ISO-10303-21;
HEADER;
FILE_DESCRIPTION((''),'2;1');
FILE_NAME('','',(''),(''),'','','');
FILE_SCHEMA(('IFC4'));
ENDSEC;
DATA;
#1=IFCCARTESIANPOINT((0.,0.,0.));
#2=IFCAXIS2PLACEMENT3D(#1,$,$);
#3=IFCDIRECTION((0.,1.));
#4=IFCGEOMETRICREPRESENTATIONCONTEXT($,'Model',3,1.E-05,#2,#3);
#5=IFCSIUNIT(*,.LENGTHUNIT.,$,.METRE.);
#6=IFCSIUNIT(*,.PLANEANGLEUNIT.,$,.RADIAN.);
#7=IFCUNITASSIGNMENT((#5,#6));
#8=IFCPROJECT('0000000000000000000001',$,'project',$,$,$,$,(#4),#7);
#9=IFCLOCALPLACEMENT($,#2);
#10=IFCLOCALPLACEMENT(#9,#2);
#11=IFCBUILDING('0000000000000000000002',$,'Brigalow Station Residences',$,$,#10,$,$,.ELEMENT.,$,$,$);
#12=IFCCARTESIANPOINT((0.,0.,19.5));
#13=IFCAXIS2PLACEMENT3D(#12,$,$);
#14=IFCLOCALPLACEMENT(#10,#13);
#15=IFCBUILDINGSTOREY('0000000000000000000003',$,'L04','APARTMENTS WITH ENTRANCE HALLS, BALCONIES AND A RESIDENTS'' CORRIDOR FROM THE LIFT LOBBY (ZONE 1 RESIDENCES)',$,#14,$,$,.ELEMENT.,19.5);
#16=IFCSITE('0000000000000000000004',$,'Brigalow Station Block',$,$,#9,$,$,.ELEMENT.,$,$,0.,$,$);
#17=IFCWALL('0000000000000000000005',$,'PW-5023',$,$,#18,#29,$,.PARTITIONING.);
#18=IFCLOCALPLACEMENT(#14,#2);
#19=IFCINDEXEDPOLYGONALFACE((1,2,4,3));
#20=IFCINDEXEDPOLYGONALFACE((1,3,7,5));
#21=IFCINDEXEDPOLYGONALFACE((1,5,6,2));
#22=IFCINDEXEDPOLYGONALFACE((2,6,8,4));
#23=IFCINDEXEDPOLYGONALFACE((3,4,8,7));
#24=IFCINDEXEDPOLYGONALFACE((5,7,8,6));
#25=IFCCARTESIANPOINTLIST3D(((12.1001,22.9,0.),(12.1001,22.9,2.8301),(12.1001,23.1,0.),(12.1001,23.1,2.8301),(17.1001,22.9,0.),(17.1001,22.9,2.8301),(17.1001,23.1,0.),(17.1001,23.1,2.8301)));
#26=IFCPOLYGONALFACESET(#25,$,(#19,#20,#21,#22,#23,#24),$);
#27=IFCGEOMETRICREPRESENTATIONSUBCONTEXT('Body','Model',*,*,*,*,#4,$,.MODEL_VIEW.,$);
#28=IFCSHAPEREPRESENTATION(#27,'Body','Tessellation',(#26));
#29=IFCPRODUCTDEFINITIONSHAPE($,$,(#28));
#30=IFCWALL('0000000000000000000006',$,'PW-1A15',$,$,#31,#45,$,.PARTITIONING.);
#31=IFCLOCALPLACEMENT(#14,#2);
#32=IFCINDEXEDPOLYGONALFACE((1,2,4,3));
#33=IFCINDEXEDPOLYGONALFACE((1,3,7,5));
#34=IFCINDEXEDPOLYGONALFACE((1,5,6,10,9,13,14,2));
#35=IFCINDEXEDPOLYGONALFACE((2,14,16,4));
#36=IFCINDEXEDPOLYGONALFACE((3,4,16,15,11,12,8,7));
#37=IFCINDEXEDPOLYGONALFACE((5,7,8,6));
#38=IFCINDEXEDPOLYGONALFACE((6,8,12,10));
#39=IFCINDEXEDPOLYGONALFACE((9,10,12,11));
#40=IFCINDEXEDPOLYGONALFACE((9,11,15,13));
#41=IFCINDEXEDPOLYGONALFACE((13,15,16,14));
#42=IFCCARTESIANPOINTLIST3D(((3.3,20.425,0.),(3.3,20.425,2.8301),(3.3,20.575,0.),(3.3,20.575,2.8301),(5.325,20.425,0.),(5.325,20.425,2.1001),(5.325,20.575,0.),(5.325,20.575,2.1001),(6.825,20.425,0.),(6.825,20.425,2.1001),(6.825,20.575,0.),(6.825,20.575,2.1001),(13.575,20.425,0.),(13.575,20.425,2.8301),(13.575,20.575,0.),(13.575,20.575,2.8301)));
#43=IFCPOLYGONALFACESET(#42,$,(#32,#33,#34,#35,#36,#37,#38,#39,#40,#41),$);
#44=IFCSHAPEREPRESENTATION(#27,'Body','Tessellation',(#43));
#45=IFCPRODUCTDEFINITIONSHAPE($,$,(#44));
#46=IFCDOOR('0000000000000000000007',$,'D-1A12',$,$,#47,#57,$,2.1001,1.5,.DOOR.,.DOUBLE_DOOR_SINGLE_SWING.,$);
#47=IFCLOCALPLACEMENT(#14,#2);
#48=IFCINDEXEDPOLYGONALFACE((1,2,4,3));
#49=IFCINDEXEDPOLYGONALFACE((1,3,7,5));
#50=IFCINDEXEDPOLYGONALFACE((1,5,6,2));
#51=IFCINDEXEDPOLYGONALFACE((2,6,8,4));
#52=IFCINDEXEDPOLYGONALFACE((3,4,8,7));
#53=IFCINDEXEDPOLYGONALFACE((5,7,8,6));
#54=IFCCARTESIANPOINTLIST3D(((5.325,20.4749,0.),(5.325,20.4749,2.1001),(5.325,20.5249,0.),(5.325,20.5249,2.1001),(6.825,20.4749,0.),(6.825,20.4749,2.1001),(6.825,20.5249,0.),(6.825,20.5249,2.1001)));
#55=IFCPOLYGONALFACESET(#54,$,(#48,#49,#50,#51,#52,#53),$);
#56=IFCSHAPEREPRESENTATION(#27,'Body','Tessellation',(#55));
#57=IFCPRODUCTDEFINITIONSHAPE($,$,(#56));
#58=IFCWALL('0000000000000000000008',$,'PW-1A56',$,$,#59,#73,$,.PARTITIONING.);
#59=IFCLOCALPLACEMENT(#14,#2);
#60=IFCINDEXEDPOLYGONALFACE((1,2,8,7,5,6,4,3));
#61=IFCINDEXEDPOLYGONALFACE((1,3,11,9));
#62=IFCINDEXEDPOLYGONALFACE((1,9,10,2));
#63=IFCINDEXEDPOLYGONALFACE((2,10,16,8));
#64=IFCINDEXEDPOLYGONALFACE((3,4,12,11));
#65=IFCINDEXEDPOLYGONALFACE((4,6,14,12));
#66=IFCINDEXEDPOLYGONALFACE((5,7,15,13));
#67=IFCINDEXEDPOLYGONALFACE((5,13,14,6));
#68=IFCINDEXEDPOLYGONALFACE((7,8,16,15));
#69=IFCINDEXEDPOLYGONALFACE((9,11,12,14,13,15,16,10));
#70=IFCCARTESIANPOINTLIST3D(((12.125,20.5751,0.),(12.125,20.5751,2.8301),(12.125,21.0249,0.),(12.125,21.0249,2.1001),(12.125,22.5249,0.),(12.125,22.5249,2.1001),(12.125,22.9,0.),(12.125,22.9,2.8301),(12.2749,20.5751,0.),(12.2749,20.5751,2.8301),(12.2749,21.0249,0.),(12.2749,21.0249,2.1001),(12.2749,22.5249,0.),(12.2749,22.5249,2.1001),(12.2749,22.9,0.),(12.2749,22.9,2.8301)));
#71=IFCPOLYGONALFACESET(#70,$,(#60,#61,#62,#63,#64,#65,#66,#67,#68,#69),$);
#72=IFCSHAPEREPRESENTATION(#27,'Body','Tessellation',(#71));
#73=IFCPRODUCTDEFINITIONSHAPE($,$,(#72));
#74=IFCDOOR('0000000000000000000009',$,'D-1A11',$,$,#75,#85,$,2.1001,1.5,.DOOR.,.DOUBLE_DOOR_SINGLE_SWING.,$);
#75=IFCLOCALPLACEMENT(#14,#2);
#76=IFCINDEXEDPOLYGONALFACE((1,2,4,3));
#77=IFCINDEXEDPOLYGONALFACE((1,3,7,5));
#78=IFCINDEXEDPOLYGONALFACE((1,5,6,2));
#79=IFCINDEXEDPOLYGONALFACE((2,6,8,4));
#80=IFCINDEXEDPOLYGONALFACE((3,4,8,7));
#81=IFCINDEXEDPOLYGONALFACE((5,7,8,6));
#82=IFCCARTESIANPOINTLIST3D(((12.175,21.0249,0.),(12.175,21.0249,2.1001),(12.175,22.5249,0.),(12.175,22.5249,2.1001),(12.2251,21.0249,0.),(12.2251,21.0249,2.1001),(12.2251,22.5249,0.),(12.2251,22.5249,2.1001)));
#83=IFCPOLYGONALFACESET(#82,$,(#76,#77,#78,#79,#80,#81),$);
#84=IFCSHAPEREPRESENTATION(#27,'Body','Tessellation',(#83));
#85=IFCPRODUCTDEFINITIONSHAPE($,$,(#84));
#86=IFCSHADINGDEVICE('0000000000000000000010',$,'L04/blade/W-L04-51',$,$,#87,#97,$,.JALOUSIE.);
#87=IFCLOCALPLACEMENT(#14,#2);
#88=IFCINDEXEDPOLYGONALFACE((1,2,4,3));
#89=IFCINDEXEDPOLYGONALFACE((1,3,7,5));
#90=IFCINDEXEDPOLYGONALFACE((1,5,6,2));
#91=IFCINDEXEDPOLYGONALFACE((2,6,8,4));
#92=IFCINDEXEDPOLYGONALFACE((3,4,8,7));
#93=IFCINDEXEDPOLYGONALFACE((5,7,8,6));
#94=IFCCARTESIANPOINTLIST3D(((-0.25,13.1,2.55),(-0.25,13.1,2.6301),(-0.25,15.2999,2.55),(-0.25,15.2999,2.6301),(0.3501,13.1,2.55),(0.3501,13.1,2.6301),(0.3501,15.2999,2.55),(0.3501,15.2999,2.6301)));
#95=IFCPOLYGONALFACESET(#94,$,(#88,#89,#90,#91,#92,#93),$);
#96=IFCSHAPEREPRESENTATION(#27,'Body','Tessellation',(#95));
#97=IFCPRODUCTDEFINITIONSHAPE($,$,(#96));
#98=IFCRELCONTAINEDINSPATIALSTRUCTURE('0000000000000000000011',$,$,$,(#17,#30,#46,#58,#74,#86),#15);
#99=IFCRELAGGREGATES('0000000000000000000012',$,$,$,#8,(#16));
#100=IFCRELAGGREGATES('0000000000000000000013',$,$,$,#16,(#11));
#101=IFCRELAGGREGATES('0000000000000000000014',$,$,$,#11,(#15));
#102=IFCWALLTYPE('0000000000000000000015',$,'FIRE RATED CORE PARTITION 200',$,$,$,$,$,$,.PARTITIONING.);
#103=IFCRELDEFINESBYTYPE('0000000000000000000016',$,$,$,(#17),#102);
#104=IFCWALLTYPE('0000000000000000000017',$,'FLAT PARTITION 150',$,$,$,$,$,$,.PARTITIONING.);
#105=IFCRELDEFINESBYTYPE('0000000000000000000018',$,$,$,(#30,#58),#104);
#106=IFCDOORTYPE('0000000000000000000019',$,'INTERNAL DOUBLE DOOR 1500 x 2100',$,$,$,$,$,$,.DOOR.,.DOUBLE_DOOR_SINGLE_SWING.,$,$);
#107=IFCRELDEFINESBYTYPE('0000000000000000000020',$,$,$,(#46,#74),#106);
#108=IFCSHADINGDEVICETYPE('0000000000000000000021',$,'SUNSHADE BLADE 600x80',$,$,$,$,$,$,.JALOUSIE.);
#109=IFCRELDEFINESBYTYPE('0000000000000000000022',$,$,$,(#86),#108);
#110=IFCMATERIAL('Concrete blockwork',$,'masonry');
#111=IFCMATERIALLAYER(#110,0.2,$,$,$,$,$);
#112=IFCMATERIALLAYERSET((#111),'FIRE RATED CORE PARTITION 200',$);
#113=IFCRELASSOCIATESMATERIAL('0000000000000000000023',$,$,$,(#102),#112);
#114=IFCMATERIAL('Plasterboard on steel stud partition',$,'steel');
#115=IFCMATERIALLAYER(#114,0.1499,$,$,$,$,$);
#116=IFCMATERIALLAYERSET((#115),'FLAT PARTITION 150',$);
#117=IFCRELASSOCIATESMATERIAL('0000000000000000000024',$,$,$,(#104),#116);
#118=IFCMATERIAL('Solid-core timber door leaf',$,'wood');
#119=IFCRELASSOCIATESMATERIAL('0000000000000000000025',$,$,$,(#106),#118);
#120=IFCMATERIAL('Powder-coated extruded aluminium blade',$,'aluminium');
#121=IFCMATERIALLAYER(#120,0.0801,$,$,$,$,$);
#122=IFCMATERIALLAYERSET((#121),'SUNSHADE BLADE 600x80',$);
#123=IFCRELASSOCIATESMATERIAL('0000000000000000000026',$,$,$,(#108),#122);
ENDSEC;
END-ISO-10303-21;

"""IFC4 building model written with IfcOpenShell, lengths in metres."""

from ifc_helpers import new_model, si_unit, direction, frame, frame_2d, origin, origin_2d, place, context, subcontext, project, spatial, rectangle, extrude, material, layer, layer_set, type_object, element, fill, save


model = new_model("IFC4")

# Units and contexts
model_context = context("Model", 3, precision=1e-05, world=origin(), true_north=direction((0.0, 1.0)))
body_context = subcontext(model_context, "Body", "Model", "MODEL_VIEW")
ifc_project = project(units=[si_unit("LENGTHUNIT", "METRE"), si_unit("PLANEANGLEUNIT", "RADIAN")], contexts=[model_context])

# Site, building, storey
site_placement = place(None, origin())
site = spatial("IfcSite", under=ifc_project, at=site_placement, Name="Brigalow Station Block", CompositionType="ELEMENT", RefElevation=0.0)
building_placement = place(site_placement, origin())
building = spatial("IfcBuilding", under=site, at=building_placement, Name="Brigalow Station Residences", CompositionType="ELEMENT")
storey_placement = place(building_placement, frame((0.0, 0.0, 19.5)))
storey = spatial("IfcBuildingStorey", under=building, at=storey_placement, Name="L04", Description="APARTMENTS WITH ENTRANCE HALLS, BALCONIES AND A RESIDENTS' CORRIDOR FROM THE LIFT LOBBY (ZONE 1 RESIDENCES)", CompositionType="ELEMENT", Elevation=19.5)

# Wall
ifc_material_1 = material(Name="Concrete blockwork", Category="masonry")
ifc_layer_1 = layer(ifc_material_1, 0.2)
ifc_layer_set_1 = layer_set([ifc_layer_1], Name="FIRE RATED CORE PARTITION 200")
wall_type_1 = type_object("IfcWallType", Name="FIRE RATED CORE PARTITION 200", PredefinedType="PARTITIONING", material=ifc_layer_set_1)
wall_1_placement = place(storey_placement, frame((12.1001, 23.0, 0.0), z_axis=(0.0, 0.0, 1.0), x_axis=(1.0, 0.0, 0.0)))
element("IfcWall", 1, at=wall_1_placement, inside=storey, type_object=wall_type_1, Name="PW-5023", PredefinedType="PARTITIONING", context=body_context, shape_type="SweptSolid", body=[
    extrude(rectangle(XDim=5.0, YDim=0.2, at=frame_2d((2.5, 0.0))), origin(), (0.0, 0.0, 1.0), 2.8301),
])

# Walls, openings, doors
ifc_material_2 = material(Name="Plasterboard on steel stud partition", Category="steel")
ifc_layer_2 = layer(ifc_material_2, 0.1499)
ifc_layer_set_2 = layer_set([ifc_layer_2], Name="FLAT PARTITION 150")
wall_type_2 = type_object("IfcWallType", Name="FLAT PARTITION 150", PredefinedType="PARTITIONING", material=ifc_layer_set_2)
wall_2_placement = place(storey_placement, frame((3.3, 20.5, 0.0), z_axis=(0.0, 0.0, 1.0), x_axis=(1.0, 0.0, 0.0)))
wall_2 = element("IfcWall", 2, at=wall_2_placement, inside=storey, type_object=wall_type_2, Name="PW-1A15", PredefinedType="PARTITIONING", context=body_context, shape_type="SweptSolid", body=[
    extrude(rectangle(XDim=10.2749, YDim=0.1499, at=frame_2d((5.1375, 0.0))), origin(), (0.0, 0.0, 1.0), 2.8301),
])
opening_1_placement = place(wall_2_placement, frame((2.0249, 0.0, 0.0)))
opening_1 = element("IfcOpeningElement", 3, at=opening_1_placement, cuts=wall_2, PredefinedType="OPENING", context=body_context, shape_type="SweptSolid", body=[
    extrude(rectangle(XDim=1.5, YDim=2.1001, at=frame_2d((0.75, 1.05))), frame((0.0, 0.085, 0.0), z_axis=(0.0, -1.0, 0.0), x_axis=(1.0, 0.0, 0.0)), (0.0, 0.0, 1.0), 0.1699),
])
ifc_material_3 = material(Name="Solid-core timber door leaf", Category="wood")
door_type_1 = type_object("IfcDoorType", Name="INTERNAL DOUBLE DOOR 1500 x 2100", OperationType="DOUBLE_DOOR_SINGLE_SWING", PredefinedType="DOOR", material=ifc_material_3)
door_1_placement = place(opening_1_placement, origin())
door_1 = element("IfcDoor", 4, at=door_1_placement, inside=storey, type_object=door_type_1, Name="D-1A12", OperationType="DOUBLE_DOOR_SINGLE_SWING", OverallHeight=2.1001, OverallWidth=1.5, PredefinedType="DOOR", context=body_context, shape_type="SweptSolid", body=[
    extrude(rectangle(XDim=1.5, YDim=2.1001, at=frame_2d((0.75, 1.05))), frame((0.0, 0.0249, 0.0), z_axis=(0.0, -1.0, 0.0), x_axis=(1.0, 0.0, 0.0)), (0.0, 0.0, 1.0), 0.05),
])
fill(opening_1, door_1)
wall_3_placement = place(storey_placement, frame((12.2, 20.575, 0.0), z_axis=(0.0, 0.0, 1.0), x_axis=(0.0, 1.0, 0.0)))
wall_3 = element("IfcWall", 5, at=wall_3_placement, inside=storey, type_object=wall_type_2, Name="PW-1A56", PredefinedType="PARTITIONING", context=body_context, shape_type="SweptSolid", body=[
    extrude(rectangle(XDim=2.325, YDim=0.1499, at=frame_2d((1.1626, 0.0))), origin(), (0.0, 0.0, 1.0), 2.8301),
])
opening_2_placement = place(wall_3_placement, frame((0.45, 0.0, 0.0)))
opening_2 = element("IfcOpeningElement", 6, at=opening_2_placement, cuts=wall_3, PredefinedType="OPENING", context=body_context, shape_type="SweptSolid", body=[
    extrude(rectangle(XDim=1.5, YDim=2.1001, at=frame_2d((0.75, 1.05))), frame((0.0, 0.085, 0.0), z_axis=(0.0, -1.0, 0.0), x_axis=(1.0, 0.0, 0.0)), (0.0, 0.0, 1.0), 0.1699),
])
door_2_placement = place(opening_2_placement, origin())
door_2 = element("IfcDoor", 7, at=door_2_placement, inside=storey, type_object=door_type_1, Name="D-1A11", OperationType="DOUBLE_DOOR_SINGLE_SWING", OverallHeight=2.1001, OverallWidth=1.5, PredefinedType="DOOR", context=body_context, shape_type="SweptSolid", body=[
    extrude(rectangle(XDim=1.5, YDim=2.1001, at=frame_2d((0.75, 1.05))), frame((0.0, 0.0249, 0.0), z_axis=(0.0, -1.0, 0.0), x_axis=(1.0, 0.0, 0.0)), (0.0, 0.0, 1.0), 0.05),
])
fill(opening_2, door_2)

# Shading device
ifc_material_4 = material(Name="Powder-coated extruded aluminium blade", Category="aluminium")
ifc_layer_3 = layer(ifc_material_4, 0.0801)
ifc_layer_set_3 = layer_set([ifc_layer_3], Name="SUNSHADE BLADE 600x80")
shading_device_type = type_object("IfcShadingDeviceType", Name="SUNSHADE BLADE 600x80", PredefinedType="JALOUSIE", material=ifc_layer_set_3)
shading_device_placement = place(storey_placement, frame((0.05, 14.2, 2.55), z_axis=(0.0, 0.0, 1.0), x_axis=(0.0, -1.0, 0.0)))
element("IfcShadingDevice", 8, at=shading_device_placement, inside=storey, type_object=shading_device_type, Name="L04/blade/W-L04-51", PredefinedType="JALOUSIE", context=body_context, shape_type="SweptSolid", body=[
    extrude(rectangle(XDim=2.2, YDim=0.6001, at=origin_2d()), origin(), (0.0, 0.0, 1.0), 0.0801),
])

save(model, "model.ifc")
